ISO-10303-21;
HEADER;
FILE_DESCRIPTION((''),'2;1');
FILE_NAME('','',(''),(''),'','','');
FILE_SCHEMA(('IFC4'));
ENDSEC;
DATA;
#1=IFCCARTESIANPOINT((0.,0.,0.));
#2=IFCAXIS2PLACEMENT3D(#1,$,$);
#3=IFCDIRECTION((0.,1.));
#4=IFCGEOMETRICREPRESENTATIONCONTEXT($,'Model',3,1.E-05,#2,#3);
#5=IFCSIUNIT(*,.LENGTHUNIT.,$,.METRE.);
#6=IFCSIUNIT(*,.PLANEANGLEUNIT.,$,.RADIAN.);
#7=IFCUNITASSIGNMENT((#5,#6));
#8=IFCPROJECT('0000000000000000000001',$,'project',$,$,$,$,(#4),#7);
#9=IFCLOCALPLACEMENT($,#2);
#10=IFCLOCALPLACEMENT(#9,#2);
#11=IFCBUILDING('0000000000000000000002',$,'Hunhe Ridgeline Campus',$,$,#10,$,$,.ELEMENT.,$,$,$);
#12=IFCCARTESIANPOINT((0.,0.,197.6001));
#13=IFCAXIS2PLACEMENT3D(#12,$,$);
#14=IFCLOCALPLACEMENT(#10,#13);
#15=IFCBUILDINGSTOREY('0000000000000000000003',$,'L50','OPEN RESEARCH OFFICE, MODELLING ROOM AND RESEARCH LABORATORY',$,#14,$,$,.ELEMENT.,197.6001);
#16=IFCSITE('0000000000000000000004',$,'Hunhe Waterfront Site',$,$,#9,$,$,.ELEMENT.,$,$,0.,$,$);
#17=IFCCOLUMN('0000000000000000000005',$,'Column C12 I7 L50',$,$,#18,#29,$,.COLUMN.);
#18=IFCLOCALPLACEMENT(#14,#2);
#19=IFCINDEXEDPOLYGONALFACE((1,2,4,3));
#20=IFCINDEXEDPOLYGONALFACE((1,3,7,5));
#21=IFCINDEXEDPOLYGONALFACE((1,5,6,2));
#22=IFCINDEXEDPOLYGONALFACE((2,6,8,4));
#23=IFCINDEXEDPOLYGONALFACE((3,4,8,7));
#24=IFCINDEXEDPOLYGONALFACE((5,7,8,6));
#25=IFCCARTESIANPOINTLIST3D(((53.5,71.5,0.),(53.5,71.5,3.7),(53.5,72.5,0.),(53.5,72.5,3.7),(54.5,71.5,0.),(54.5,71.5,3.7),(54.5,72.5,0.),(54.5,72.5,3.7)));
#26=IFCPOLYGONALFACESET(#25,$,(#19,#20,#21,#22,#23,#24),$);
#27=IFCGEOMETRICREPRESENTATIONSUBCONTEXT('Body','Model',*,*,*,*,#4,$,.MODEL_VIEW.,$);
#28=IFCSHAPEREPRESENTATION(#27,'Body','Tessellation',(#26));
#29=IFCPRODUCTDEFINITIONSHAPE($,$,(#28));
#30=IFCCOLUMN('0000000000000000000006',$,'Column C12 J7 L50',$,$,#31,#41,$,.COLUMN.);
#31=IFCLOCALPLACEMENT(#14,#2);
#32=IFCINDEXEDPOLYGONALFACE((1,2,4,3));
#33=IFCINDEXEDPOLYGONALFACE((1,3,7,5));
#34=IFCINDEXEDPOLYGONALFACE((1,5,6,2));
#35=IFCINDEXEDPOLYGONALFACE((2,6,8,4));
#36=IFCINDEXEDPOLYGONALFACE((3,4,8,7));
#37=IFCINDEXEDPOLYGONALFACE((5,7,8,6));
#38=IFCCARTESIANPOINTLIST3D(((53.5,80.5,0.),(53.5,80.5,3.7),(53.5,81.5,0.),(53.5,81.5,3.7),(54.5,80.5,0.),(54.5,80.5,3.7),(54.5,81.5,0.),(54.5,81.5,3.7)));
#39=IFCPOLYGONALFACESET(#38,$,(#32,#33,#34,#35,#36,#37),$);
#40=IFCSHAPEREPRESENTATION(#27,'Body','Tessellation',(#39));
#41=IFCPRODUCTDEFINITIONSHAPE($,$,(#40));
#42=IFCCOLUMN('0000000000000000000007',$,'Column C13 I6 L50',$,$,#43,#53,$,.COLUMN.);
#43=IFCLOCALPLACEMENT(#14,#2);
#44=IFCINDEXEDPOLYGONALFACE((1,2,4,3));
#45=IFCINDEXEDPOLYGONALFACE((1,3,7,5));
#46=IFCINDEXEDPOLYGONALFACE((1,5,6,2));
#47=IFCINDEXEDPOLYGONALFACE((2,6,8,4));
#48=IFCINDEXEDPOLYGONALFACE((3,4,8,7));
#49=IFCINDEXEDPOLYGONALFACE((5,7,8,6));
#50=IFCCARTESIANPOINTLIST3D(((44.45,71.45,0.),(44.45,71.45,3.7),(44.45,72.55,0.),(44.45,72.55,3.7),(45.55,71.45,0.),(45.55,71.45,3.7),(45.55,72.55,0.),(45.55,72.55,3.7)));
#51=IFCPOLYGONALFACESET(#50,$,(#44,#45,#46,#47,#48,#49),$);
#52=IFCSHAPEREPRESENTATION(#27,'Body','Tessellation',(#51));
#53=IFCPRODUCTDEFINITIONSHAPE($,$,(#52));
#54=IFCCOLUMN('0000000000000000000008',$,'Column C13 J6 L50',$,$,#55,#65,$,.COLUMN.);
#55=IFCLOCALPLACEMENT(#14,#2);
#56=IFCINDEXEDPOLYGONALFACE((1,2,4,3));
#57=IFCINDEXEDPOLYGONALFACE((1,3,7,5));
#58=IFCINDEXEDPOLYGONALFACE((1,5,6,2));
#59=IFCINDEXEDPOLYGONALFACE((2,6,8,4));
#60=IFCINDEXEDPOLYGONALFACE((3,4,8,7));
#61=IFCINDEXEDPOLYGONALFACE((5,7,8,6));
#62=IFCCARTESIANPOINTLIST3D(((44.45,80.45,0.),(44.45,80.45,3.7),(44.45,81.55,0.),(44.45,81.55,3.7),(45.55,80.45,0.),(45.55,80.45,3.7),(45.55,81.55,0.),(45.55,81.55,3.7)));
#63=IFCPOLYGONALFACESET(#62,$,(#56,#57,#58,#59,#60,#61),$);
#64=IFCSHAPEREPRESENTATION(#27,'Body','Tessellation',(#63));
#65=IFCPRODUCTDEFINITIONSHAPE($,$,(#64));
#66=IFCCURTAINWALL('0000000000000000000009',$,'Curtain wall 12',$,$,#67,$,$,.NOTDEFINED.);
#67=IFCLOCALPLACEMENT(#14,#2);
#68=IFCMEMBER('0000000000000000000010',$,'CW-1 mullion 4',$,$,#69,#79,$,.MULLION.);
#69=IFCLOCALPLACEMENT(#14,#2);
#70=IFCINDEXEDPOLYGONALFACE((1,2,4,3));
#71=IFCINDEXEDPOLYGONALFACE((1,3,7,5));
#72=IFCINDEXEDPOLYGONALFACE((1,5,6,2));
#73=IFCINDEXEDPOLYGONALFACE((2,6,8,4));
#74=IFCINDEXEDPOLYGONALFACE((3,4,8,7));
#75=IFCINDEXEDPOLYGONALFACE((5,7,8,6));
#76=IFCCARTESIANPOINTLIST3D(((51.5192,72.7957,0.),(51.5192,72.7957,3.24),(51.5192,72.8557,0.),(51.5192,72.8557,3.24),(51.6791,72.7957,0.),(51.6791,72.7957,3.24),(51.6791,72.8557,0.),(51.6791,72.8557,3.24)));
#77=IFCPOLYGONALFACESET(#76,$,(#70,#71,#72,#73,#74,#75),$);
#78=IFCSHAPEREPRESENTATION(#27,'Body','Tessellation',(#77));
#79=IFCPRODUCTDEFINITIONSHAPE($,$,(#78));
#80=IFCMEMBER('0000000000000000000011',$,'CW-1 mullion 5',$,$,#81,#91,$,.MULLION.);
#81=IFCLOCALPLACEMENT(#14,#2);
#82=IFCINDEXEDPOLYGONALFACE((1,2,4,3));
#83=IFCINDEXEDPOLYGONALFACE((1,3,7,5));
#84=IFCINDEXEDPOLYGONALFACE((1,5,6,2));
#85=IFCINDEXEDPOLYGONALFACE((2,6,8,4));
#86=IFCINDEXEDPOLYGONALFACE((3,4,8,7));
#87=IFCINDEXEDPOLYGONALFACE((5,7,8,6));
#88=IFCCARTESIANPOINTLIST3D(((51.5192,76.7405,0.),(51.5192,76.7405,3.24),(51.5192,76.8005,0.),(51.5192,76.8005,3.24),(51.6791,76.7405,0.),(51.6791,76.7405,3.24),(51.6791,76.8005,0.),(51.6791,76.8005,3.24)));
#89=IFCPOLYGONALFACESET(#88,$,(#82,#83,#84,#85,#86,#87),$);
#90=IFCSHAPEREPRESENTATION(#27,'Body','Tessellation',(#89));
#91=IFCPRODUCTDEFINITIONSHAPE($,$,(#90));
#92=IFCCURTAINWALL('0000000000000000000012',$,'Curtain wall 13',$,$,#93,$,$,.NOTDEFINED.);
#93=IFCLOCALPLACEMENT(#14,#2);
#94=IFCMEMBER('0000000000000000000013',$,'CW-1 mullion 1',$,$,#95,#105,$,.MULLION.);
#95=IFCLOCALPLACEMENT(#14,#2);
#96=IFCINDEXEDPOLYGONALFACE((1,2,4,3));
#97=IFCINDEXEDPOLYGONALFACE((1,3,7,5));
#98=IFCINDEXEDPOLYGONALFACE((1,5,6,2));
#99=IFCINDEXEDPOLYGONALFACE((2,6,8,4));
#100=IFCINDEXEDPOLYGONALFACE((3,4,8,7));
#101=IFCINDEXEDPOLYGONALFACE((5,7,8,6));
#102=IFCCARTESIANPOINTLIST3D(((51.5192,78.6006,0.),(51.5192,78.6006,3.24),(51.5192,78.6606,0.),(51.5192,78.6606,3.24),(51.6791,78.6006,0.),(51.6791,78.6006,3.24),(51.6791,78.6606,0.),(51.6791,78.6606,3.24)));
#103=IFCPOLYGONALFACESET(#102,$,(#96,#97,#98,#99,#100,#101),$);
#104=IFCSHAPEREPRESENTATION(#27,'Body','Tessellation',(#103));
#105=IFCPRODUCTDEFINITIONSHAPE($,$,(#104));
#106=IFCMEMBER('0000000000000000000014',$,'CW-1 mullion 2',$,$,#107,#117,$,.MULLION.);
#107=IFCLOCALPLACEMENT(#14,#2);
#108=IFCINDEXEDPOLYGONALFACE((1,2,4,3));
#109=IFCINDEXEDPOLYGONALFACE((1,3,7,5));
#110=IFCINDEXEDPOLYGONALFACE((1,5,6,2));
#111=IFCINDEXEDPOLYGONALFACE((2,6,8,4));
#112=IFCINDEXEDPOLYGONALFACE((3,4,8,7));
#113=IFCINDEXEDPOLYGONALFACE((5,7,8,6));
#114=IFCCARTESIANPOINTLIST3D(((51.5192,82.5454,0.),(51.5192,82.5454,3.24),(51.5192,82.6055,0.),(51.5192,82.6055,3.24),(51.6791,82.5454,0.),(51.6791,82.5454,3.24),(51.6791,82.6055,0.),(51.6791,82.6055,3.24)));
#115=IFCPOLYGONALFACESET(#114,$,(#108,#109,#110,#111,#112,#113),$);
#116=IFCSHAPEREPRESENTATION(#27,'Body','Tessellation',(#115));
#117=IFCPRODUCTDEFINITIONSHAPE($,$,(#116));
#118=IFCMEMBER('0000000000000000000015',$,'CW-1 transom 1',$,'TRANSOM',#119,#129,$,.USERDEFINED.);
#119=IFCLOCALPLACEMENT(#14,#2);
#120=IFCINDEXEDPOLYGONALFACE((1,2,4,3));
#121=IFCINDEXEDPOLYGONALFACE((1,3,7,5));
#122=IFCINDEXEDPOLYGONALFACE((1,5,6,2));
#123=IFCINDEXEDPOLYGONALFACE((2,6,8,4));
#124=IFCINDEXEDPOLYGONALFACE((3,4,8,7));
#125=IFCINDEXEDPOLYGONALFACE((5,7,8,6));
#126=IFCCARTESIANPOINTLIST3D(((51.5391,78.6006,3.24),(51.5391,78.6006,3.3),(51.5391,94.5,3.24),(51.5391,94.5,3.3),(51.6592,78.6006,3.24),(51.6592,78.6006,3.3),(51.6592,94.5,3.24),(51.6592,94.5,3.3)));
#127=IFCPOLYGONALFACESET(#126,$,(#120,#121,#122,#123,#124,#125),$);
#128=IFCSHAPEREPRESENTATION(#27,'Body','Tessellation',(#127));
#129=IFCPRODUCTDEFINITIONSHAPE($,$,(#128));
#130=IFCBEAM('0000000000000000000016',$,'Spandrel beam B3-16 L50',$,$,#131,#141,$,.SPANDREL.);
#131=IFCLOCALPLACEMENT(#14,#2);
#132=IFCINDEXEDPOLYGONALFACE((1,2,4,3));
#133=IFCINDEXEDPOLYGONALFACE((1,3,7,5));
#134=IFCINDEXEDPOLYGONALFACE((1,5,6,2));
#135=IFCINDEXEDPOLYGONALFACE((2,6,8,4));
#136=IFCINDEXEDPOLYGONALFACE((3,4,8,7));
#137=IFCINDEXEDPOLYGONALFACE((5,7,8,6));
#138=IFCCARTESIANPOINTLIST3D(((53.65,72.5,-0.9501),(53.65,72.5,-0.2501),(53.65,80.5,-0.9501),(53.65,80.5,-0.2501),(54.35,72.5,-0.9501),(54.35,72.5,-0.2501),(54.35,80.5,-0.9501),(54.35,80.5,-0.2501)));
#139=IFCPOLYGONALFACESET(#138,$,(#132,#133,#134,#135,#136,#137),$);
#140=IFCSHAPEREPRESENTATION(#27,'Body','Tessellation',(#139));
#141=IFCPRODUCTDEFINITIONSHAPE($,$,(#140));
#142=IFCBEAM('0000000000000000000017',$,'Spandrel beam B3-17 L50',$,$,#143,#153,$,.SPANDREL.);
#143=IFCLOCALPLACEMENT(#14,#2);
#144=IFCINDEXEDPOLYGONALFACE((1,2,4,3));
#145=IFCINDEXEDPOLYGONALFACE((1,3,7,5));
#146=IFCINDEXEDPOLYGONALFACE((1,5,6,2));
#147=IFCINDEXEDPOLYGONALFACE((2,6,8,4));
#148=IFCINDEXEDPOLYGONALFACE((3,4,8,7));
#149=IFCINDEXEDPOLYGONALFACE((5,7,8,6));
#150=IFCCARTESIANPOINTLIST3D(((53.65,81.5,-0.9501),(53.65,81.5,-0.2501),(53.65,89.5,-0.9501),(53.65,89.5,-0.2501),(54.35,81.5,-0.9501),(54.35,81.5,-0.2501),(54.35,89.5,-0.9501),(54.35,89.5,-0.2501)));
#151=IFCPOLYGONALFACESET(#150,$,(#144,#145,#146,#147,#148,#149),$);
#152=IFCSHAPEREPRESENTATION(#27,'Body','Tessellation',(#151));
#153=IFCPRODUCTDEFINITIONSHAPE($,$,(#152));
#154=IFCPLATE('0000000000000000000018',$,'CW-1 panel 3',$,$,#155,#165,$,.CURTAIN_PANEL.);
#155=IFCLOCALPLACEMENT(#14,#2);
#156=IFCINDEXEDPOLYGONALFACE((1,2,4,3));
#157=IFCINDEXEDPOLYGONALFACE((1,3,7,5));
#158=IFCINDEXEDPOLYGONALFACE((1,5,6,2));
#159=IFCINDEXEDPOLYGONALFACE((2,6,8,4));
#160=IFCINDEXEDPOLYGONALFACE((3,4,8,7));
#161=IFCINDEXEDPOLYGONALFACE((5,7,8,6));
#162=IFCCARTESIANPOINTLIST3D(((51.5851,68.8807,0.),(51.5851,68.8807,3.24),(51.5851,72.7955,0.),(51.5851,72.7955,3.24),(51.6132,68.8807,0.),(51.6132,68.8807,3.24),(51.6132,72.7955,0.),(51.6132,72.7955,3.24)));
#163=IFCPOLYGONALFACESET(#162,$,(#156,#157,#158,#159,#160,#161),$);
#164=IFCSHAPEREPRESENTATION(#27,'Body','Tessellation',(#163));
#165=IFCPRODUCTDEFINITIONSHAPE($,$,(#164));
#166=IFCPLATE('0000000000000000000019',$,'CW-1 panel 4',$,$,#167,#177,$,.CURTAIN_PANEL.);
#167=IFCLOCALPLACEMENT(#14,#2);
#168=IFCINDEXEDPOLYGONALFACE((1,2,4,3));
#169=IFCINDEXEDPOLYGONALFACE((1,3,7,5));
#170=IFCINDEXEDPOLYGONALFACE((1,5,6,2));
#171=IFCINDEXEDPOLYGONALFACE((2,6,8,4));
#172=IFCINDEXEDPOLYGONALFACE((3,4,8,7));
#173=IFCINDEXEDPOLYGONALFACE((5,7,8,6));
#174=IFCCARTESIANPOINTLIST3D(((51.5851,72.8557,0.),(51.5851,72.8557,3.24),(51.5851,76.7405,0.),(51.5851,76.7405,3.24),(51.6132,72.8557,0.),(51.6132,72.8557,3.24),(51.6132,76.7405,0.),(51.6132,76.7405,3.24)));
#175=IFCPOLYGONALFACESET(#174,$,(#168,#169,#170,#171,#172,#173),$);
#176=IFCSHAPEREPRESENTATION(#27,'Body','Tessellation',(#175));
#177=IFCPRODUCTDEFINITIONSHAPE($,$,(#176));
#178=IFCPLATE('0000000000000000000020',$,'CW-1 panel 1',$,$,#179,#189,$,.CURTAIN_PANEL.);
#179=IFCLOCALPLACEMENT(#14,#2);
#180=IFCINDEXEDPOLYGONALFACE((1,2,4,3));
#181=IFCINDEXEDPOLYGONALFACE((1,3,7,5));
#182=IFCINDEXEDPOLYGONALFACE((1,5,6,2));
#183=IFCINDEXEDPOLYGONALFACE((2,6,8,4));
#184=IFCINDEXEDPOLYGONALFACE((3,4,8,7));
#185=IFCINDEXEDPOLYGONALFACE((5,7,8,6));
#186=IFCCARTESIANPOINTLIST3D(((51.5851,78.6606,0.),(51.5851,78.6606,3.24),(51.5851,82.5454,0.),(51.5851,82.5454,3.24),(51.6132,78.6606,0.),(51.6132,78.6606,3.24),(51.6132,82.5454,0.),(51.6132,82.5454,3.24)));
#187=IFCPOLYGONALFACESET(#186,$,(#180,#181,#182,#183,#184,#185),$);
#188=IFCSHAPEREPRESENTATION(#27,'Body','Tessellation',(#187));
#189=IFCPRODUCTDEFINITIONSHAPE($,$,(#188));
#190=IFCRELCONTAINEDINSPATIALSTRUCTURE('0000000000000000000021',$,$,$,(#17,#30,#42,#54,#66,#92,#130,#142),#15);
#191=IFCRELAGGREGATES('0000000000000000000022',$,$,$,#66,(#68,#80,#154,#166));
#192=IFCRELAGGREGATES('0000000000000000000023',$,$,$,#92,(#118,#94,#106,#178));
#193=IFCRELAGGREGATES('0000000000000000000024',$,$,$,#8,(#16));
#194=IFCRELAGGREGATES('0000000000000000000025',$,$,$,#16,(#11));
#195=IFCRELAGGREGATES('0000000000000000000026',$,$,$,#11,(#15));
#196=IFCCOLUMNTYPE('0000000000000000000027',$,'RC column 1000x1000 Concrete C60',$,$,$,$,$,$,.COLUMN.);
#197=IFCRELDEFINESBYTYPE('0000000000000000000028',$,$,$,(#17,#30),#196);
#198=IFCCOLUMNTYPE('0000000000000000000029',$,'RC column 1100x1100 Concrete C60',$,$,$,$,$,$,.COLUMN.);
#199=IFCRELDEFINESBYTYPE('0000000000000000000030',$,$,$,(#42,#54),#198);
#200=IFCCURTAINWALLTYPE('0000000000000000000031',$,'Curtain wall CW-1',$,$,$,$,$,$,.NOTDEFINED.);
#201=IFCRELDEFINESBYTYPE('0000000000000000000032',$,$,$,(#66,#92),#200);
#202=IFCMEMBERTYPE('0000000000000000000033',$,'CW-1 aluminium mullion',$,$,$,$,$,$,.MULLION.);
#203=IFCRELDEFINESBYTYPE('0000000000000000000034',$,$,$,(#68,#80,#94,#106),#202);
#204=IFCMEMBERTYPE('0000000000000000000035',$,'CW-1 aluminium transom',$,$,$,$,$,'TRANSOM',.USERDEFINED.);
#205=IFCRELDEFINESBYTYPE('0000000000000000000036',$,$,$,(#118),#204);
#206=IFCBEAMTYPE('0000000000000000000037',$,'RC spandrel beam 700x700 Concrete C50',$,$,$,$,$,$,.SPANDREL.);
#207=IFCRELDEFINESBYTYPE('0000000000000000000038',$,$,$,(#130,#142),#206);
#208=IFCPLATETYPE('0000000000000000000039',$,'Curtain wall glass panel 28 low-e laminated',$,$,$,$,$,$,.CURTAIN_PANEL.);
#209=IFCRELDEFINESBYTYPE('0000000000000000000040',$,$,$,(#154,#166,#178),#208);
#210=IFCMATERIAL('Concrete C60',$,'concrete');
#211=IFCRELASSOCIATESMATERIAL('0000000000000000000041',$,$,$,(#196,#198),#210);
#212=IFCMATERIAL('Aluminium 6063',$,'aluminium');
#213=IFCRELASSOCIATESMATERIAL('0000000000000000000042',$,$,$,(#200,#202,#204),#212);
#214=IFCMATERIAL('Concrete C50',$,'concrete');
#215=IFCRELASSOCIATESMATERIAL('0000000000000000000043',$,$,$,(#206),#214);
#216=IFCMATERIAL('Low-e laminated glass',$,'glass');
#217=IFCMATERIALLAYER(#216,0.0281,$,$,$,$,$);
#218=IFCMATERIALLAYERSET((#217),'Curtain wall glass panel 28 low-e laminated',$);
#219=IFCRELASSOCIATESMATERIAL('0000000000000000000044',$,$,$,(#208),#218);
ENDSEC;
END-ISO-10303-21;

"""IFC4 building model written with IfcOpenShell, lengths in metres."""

from ifc_helpers import new_model, si_unit, direction, frame, origin, origin_2d, place, context, subcontext, project, spatial, rectangle, extrude, material, layer, layer_set, material_profile, profile_set, type_object, element, aggregate, save


model = new_model("IFC4")

# Units and contexts
model_context = context("Model", 3, precision=1e-05, world=origin(), true_north=direction((0.0, 1.0)))
body_context = subcontext(model_context, "Body", "Model", "MODEL_VIEW")
ifc_project = project(units=[si_unit("LENGTHUNIT", "METRE"), si_unit("PLANEANGLEUNIT", "RADIAN")], contexts=[model_context])

# Site, building, storey
site_placement = place(None, origin())
site = spatial("IfcSite", under=ifc_project, at=site_placement, Name="Hunhe Waterfront Site", CompositionType="ELEMENT", RefElevation=0.0)
building_placement = place(site_placement, origin())
building = spatial("IfcBuilding", under=site, at=building_placement, Name="Hunhe Ridgeline Campus", CompositionType="ELEMENT")
storey_placement = place(building_placement, frame((0.0, 0.0, 197.6001)))
storey = spatial("IfcBuildingStorey", under=building, at=storey_placement, Name="L50", Description="OPEN RESEARCH OFFICE, MODELLING ROOM AND RESEARCH LABORATORY", CompositionType="ELEMENT", Elevation=197.6001)

# Columns
ifc_material_1 = material(Name="Concrete C60", Category="concrete")
ifc_material_profile_1 = material_profile(ifc_material_1, rectangle(XDim=1.0, YDim=1.0, at=origin_2d()))
ifc_profile_set_1 = profile_set([ifc_material_profile_1], Name="Concrete C60")
column_type_1 = type_object("IfcColumnType", Name="RC column 1000x1000 Concrete C60", PredefinedType="COLUMN", material=ifc_profile_set_1)
for number, where, z_axis, x_axis, name in (
    (1, (54.0, 72.0, 0.0), (0.0, 0.0, 1.0), (1.0, 0.0, 0.0), "Column C12 I7 L50"),
    (2, (54.0, 81.0, 0.0), (0.0, 0.0, 1.0), (1.0, 0.0, 0.0), "Column C12 J7 L50"),
):
    element("IfcColumn", number, at=place(storey_placement, frame(where, z_axis=z_axis, x_axis=x_axis)), inside=storey, type_object=column_type_1, Name=name, PredefinedType="COLUMN", context=body_context, shape_type="SweptSolid", body=[
        extrude(rectangle(XDim=1.0, YDim=1.0, at=origin_2d()), origin(), (0.0, 0.0, 1.0), 3.7),
    ])
ifc_material_profile_2 = material_profile(ifc_material_1, rectangle(XDim=1.1001, YDim=1.1001, at=origin_2d()))
ifc_profile_set_2 = profile_set([ifc_material_profile_2], Name="Concrete C60")
column_type_2 = type_object("IfcColumnType", Name="RC column 1100x1100 Concrete C60", PredefinedType="COLUMN", material=ifc_profile_set_2)
for number, where, z_axis, x_axis, name in (
    (3, (45.0, 72.0, 0.0), (0.0, 0.0, 1.0), (1.0, 0.0, 0.0), "Column C13 I6 L50"),
    (4, (45.0, 81.0, 0.0), (0.0, 0.0, 1.0), (1.0, 0.0, 0.0), "Column C13 J6 L50"),
):
    element("IfcColumn", number, at=place(storey_placement, frame(where, z_axis=z_axis, x_axis=x_axis)), inside=storey, type_object=column_type_2, Name=name, PredefinedType="COLUMN", context=body_context, shape_type="SweptSolid", body=[
        extrude(rectangle(XDim=1.1001, YDim=1.1001, at=origin_2d()), origin(), (0.0, 0.0, 1.0), 3.7),
    ])

# Curtain walls, members
ifc_material_2 = material(Name="Aluminium 6063", Category="aluminium")
curtain_wall_type = type_object("IfcCurtainWallType", Name="Curtain wall CW-1", PredefinedType="NOTDEFINED", material=ifc_material_2)
curtain_wall_1_placement = place(storey_placement, origin())
curtain_wall_1 = element("IfcCurtainWall", 5, at=curtain_wall_1_placement, inside=storey, type_object=curtain_wall_type, Name="Curtain wall 12", PredefinedType="NOTDEFINED")
ifc_material_profile_3 = material_profile(ifc_material_2, rectangle(XDim=0.1599, YDim=0.0601, at=origin_2d()))
ifc_profile_set_3 = profile_set([ifc_material_profile_3], Name="Aluminium 6063")
member_type_1 = type_object("IfcMemberType", Name="CW-1 aluminium mullion", PredefinedType="MULLION", material=ifc_profile_set_3)
member_1_placement = place(storey_placement, frame((51.5991, 72.8257, 0.0), z_axis=(0.0, 0.0, 1.0), x_axis=(-1.0, 0.0, 0.0)))
member_1 = element("IfcMember", 6, at=member_1_placement, type_object=member_type_1, Name="CW-1 mullion 4", PredefinedType="MULLION", context=body_context, shape_type="SweptSolid", body=[
    extrude(rectangle(XDim=0.1599, YDim=0.0601, at=origin_2d()), origin(), (0.0, 0.0, 1.0), 3.24),
])
member_2_placement = place(storey_placement, frame((51.5991, 76.7705, 0.0), z_axis=(0.0, 0.0, 1.0), x_axis=(-1.0, 0.0, 0.0)))
member_2 = element("IfcMember", 7, at=member_2_placement, type_object=member_type_1, Name="CW-1 mullion 5", PredefinedType="MULLION", context=body_context, shape_type="SweptSolid", body=[
    extrude(rectangle(XDim=0.1599, YDim=0.0601, at=origin_2d()), origin(), (0.0, 0.0, 1.0), 3.24),
])
curtain_wall_2_placement = place(storey_placement, origin())
curtain_wall_2 = element("IfcCurtainWall", 8, at=curtain_wall_2_placement, inside=storey, type_object=curtain_wall_type, Name="Curtain wall 13", PredefinedType="NOTDEFINED")
member_3_placement = place(storey_placement, frame((51.5991, 78.6306, 0.0), z_axis=(0.0, 0.0, 1.0), x_axis=(-1.0, 0.0, 0.0)))
member_3 = element("IfcMember", 9, at=member_3_placement, type_object=member_type_1, Name="CW-1 mullion 1", PredefinedType="MULLION", context=body_context, shape_type="SweptSolid", body=[
    extrude(rectangle(XDim=0.1599, YDim=0.0601, at=origin_2d()), origin(), (0.0, 0.0, 1.0), 3.24),
])
member_4_placement = place(storey_placement, frame((51.5991, 82.5754, 0.0), z_axis=(0.0, 0.0, 1.0), x_axis=(-1.0, 0.0, 0.0)))
member_4 = element("IfcMember", 10, at=member_4_placement, type_object=member_type_1, Name="CW-1 mullion 2", PredefinedType="MULLION", context=body_context, shape_type="SweptSolid", body=[
    extrude(rectangle(XDim=0.1599, YDim=0.0601, at=origin_2d()), origin(), (0.0, 0.0, 1.0), 3.24),
])
ifc_material_profile_4 = material_profile(ifc_material_2, rectangle(XDim=0.1201, YDim=0.0601, at=origin_2d()))
ifc_profile_set_4 = profile_set([ifc_material_profile_4], Name="Aluminium 6063")
member_type_2 = type_object("IfcMemberType", Name="CW-1 aluminium transom", ElementType="TRANSOM", PredefinedType="USERDEFINED", material=ifc_profile_set_4)
member_5_placement = place(storey_placement, frame((51.5991, 78.6006, 3.27), z_axis=(0.0, 1.0, 0.0), x_axis=(-1.0, 0.0, 0.0)))
member_5 = element("IfcMember", 11, at=member_5_placement, type_object=member_type_2, Name="CW-1 transom 1", ObjectType="TRANSOM", PredefinedType="USERDEFINED", context=body_context, shape_type="SweptSolid", body=[
    extrude(rectangle(XDim=0.1201, YDim=0.0601, at=origin_2d()), origin(), (0.0, 0.0, 1.0), 15.8994),
])

# Beams
ifc_material_3 = material(Name="Concrete C50", Category="concrete")
ifc_material_profile_5 = material_profile(ifc_material_3, rectangle(XDim=0.7, YDim=0.7, at=origin_2d()))
ifc_profile_set_5 = profile_set([ifc_material_profile_5], Name="Concrete C50")
beam_type = type_object("IfcBeamType", Name="RC spandrel beam 700x700 Concrete C50", PredefinedType="SPANDREL", material=ifc_profile_set_5)
for number, where, z_axis, x_axis, name in (
    (12, (54.0, 72.5, -0.6001), (0.0, 1.0, 0.0), (-1.0, 0.0, 0.0), "Spandrel beam B3-16 L50"),
    (13, (54.0, 81.5, -0.6001), (0.0, 1.0, 0.0), (-1.0, 0.0, 0.0), "Spandrel beam B3-17 L50"),
):
    element("IfcBeam", number, at=place(storey_placement, frame(where, z_axis=z_axis, x_axis=x_axis)), inside=storey, type_object=beam_type, Name=name, PredefinedType="SPANDREL", context=body_context, shape_type="SweptSolid", body=[
        extrude(rectangle(XDim=0.7, YDim=0.7, at=origin_2d()), origin(), (0.0, 0.0, 1.0), 8.0),
    ])

# Plates
ifc_material_4 = material(Name="Low-e laminated glass", Category="glass")
ifc_layer_1 = layer(ifc_material_4, 0.0281)
ifc_layer_set_1 = layer_set([ifc_layer_1], Name="Curtain wall glass panel 28 low-e laminated")
plate_type = type_object("IfcPlateType", Name="Curtain wall glass panel 28 low-e laminated", PredefinedType="CURTAIN_PANEL", material=ifc_layer_set_1)
plate_1_placement = place(storey_placement, frame((51.5991, 70.8381, 0.0), z_axis=(0.0, 0.0, 1.0), x_axis=(0.0, 1.0, 0.0)))
plate_1 = element("IfcPlate", 14, at=plate_1_placement, type_object=plate_type, Name="CW-1 panel 3", PredefinedType="CURTAIN_PANEL", context=body_context, shape_type="SweptSolid", body=[
    extrude(rectangle(XDim=3.9148, YDim=0.0281, at=origin_2d()), origin(), (0.0, 0.0, 1.0), 3.24),
])
plate_2_placement = place(storey_placement, frame((51.5991, 74.7981, 0.0), z_axis=(0.0, 0.0, 1.0), x_axis=(0.0, 1.0, 0.0)))
plate_2 = element("IfcPlate", 15, at=plate_2_placement, type_object=plate_type, Name="CW-1 panel 4", PredefinedType="CURTAIN_PANEL", context=body_context, shape_type="SweptSolid", body=[
    extrude(rectangle(XDim=3.8848, YDim=0.0281, at=origin_2d()), origin(), (0.0, 0.0, 1.0), 3.24),
])
aggregate(curtain_wall_1, [member_1, member_2, plate_1, plate_2])
plate_3_placement = place(storey_placement, frame((51.5991, 80.603, 0.0), z_axis=(0.0, 0.0, 1.0), x_axis=(0.0, 1.0, 0.0)))
plate_3 = element("IfcPlate", 16, at=plate_3_placement, type_object=plate_type, Name="CW-1 panel 1", PredefinedType="CURTAIN_PANEL", context=body_context, shape_type="SweptSolid", body=[
    extrude(rectangle(XDim=3.8848, YDim=0.0281, at=origin_2d()), origin(), (0.0, 0.0, 1.0), 3.24),
])
aggregate(curtain_wall_2, [member_5, member_3, member_4, plate_3])

save(model, "model.ifc")
